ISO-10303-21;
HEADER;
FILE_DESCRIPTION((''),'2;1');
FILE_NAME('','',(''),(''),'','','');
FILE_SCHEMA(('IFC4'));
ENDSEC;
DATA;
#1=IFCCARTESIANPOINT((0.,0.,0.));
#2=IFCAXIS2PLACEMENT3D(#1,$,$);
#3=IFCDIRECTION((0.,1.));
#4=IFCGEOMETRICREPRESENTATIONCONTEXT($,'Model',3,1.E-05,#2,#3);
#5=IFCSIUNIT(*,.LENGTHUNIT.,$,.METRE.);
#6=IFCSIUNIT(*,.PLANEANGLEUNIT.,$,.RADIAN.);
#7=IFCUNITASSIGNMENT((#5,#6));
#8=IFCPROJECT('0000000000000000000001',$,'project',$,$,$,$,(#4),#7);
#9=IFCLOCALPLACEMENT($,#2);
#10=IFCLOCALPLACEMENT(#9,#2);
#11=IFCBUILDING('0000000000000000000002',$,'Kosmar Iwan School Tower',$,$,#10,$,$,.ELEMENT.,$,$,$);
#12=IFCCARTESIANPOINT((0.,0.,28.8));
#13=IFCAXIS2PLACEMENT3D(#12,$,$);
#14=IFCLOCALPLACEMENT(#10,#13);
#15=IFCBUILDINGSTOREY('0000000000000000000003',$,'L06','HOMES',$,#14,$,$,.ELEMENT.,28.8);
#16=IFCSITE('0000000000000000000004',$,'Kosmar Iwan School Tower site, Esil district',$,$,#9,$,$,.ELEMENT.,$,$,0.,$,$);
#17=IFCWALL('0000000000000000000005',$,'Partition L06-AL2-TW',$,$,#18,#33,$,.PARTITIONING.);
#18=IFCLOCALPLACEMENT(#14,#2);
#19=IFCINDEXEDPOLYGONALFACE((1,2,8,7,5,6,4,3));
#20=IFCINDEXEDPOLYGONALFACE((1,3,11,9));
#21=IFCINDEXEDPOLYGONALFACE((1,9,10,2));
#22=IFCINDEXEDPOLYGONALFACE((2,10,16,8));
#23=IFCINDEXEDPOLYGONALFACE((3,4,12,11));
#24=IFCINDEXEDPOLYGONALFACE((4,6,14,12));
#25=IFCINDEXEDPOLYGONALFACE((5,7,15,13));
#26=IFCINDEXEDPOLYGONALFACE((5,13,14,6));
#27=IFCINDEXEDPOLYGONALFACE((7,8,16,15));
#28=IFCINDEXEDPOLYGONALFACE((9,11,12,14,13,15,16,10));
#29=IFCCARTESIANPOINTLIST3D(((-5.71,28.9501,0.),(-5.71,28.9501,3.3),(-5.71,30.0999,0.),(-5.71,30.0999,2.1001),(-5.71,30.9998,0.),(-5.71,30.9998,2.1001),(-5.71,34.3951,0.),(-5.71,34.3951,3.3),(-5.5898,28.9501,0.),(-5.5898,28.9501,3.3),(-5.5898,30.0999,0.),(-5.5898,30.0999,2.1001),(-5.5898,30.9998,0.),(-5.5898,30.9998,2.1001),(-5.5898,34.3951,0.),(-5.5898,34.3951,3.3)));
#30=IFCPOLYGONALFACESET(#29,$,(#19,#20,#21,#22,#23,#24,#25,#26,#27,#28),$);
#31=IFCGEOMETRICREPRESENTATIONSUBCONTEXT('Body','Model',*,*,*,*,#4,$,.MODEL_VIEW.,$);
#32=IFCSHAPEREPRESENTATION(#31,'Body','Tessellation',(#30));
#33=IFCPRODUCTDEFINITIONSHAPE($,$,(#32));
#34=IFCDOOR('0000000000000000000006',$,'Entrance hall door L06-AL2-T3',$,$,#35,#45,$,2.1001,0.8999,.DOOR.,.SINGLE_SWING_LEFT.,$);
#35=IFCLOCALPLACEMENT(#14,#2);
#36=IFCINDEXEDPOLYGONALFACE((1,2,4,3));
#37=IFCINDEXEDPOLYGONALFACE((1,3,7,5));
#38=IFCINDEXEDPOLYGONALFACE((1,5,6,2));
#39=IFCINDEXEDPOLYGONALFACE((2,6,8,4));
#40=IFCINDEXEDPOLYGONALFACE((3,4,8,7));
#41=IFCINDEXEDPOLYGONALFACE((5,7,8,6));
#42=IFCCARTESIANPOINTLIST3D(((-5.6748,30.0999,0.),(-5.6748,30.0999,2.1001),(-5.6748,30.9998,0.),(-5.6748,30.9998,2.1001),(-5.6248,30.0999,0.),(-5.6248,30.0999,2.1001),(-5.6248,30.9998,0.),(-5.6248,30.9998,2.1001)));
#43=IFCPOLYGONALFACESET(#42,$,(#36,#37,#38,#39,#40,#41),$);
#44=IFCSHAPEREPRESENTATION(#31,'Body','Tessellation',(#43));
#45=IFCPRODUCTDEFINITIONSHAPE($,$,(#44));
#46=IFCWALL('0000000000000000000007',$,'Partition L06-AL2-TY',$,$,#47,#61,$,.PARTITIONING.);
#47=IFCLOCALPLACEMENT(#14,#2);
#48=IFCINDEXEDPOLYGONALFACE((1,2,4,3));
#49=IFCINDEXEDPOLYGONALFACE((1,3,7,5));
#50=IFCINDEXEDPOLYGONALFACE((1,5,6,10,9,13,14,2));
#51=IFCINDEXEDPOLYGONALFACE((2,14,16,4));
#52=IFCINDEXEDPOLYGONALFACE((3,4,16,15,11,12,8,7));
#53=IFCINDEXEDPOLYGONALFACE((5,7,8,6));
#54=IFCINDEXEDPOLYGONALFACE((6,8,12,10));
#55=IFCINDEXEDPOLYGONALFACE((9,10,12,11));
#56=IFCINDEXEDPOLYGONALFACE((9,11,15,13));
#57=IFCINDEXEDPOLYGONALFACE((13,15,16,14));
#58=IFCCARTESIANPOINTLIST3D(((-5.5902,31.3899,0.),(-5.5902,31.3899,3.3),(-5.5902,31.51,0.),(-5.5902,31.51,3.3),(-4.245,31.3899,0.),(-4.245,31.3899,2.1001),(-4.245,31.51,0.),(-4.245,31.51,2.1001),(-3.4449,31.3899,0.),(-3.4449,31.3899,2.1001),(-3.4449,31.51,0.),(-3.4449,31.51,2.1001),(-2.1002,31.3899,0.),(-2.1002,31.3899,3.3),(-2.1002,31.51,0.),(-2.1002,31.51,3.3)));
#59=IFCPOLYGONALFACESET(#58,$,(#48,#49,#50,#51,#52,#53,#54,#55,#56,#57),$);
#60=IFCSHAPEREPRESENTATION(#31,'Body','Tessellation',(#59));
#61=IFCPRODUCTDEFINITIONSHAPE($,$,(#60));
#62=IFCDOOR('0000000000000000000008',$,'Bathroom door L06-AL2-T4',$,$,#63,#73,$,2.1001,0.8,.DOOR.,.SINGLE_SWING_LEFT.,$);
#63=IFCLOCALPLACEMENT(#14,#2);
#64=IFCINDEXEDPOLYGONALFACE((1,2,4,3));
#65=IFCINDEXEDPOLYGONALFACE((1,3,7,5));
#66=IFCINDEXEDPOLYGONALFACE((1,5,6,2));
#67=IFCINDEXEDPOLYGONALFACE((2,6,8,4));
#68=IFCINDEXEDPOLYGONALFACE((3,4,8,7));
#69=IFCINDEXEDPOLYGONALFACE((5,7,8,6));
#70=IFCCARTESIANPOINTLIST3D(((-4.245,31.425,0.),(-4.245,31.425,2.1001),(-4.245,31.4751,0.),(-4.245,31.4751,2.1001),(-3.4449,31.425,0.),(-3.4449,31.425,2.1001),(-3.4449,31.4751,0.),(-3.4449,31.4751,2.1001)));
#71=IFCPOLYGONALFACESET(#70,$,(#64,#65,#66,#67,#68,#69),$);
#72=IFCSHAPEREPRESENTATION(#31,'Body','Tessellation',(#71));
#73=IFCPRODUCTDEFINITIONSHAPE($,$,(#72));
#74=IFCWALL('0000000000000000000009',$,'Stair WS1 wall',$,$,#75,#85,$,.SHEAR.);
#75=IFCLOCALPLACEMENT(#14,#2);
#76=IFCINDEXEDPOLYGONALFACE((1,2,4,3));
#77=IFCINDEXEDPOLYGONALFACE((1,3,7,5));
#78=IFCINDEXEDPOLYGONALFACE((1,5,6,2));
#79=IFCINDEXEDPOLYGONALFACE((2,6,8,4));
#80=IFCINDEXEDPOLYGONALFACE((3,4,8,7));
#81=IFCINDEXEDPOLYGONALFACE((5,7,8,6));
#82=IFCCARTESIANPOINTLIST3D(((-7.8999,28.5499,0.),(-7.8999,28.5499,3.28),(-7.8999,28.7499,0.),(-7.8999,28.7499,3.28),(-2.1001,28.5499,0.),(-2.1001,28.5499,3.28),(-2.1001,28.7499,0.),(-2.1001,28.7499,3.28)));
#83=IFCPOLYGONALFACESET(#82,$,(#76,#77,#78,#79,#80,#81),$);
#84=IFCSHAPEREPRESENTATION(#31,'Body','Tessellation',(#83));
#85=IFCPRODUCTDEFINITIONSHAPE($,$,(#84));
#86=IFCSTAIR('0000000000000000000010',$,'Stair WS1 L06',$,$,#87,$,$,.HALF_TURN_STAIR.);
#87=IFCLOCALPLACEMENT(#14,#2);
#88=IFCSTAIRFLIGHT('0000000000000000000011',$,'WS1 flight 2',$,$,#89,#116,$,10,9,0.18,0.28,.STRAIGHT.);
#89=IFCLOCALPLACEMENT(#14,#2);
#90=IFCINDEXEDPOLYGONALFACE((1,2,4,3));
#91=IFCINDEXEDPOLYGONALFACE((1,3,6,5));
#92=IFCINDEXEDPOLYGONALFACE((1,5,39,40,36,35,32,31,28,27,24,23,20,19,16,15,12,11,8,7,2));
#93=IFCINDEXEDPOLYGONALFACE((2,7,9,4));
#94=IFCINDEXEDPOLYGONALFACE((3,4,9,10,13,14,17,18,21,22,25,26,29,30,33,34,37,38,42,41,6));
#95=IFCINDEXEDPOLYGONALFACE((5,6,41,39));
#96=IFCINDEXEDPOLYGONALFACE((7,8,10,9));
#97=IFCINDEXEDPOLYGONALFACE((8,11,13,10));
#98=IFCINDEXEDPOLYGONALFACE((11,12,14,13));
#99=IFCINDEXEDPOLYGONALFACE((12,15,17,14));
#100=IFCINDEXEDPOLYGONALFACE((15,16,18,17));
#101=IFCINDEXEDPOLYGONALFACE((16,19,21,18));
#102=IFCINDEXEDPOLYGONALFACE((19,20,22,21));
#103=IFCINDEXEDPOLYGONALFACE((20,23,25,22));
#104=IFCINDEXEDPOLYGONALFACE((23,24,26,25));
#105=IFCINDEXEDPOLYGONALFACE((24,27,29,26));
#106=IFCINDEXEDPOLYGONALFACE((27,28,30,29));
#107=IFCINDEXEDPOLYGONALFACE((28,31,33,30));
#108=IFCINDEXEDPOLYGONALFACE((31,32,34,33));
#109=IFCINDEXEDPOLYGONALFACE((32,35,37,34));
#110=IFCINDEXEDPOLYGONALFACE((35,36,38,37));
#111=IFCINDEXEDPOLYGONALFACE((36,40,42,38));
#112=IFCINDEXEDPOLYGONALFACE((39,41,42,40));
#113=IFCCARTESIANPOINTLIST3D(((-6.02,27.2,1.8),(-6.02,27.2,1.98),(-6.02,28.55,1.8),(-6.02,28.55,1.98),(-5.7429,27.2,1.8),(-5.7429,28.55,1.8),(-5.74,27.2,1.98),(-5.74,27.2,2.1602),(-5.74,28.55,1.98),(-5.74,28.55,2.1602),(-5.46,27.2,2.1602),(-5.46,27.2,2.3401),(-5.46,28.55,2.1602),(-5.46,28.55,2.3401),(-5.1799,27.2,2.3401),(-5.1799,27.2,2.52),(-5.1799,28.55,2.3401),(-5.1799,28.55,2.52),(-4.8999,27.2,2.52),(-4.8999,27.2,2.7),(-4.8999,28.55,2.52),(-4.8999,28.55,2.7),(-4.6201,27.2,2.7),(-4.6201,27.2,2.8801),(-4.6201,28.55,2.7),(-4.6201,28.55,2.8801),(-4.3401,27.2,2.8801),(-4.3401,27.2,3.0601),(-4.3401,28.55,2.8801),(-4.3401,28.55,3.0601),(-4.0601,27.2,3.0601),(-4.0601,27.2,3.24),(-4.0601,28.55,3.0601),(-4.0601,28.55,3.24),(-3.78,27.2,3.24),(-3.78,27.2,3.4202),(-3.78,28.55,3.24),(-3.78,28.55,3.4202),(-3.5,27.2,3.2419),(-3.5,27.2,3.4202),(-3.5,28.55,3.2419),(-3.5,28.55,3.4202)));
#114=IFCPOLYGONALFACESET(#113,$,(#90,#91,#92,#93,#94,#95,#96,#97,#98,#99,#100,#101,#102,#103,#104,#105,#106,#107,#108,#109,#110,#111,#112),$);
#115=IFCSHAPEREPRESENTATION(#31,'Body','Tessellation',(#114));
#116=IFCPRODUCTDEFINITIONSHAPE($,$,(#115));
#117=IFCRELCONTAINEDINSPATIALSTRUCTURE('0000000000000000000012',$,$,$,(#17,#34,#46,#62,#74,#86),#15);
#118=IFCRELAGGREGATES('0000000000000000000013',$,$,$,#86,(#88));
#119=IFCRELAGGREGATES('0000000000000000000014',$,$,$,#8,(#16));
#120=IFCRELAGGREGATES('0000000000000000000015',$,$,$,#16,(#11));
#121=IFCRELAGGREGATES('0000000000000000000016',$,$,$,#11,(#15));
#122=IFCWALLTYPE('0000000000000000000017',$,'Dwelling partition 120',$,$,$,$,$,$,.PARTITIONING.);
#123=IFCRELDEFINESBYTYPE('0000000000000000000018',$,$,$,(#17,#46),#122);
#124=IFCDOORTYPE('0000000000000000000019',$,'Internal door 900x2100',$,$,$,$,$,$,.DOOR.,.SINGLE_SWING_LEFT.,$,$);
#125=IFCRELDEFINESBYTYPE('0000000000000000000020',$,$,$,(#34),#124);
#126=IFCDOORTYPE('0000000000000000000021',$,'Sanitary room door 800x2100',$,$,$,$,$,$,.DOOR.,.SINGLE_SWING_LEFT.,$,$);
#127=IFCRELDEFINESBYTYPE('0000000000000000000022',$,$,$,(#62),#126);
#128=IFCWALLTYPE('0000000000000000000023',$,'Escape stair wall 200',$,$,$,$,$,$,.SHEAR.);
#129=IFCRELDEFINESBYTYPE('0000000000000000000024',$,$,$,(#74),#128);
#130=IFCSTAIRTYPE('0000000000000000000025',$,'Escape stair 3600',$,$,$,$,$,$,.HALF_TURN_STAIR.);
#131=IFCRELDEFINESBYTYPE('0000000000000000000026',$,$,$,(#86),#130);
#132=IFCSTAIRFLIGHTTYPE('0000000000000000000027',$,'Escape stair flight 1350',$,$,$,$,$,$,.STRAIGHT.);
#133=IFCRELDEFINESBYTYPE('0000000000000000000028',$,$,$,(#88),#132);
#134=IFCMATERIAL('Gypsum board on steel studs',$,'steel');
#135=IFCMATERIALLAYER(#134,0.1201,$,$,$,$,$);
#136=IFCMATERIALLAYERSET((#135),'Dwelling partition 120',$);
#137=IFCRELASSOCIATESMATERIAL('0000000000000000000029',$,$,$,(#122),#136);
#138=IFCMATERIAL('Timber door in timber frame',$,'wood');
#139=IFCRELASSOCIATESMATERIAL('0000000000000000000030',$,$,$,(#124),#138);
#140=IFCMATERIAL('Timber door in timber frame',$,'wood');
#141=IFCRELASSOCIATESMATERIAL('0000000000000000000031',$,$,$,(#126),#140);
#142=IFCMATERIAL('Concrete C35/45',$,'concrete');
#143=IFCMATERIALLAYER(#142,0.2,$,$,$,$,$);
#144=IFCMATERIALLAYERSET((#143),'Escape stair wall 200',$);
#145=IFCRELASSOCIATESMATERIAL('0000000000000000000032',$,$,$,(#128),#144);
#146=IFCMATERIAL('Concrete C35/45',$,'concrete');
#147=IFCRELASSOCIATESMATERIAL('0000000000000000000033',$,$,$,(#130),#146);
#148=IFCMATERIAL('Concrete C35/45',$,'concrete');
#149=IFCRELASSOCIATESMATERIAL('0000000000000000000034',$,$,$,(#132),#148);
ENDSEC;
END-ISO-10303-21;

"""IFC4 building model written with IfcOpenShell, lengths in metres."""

from ifc_helpers import new_model, si_unit, direction, frame, frame_2d, origin, place, context, subcontext, project, spatial, polyline, rectangle, outline, extrude, material, layer, layer_set, type_object, element, fill, aggregate, save


model = new_model("IFC4")

# Units and contexts
model_context = context("Model", 3, precision=1e-05, world=origin(), true_north=direction((0.0, 1.0)))
body_context = subcontext(model_context, "Body", "Model", "MODEL_VIEW")
ifc_project = project(units=[si_unit("LENGTHUNIT", "METRE"), si_unit("PLANEANGLEUNIT", "RADIAN")], contexts=[model_context])

# Site, building, storey
site_placement = place(None, origin())
site = spatial("IfcSite", under=ifc_project, at=site_placement, Name="Kosmar Iwan School Tower site, Esil district", CompositionType="ELEMENT", RefElevation=0.0)
building_placement = place(site_placement, origin())
building = spatial("IfcBuilding", under=site, at=building_placement, Name="Kosmar Iwan School Tower", CompositionType="ELEMENT")
storey_placement = place(building_placement, frame((0.0, 0.0, 28.8)))
storey = spatial("IfcBuildingStorey", under=building, at=storey_placement, Name="L06", Description="HOMES", CompositionType="ELEMENT", Elevation=28.8)

# Walls, openings, doors
ifc_material_1 = material(Name="Gypsum board on steel studs", Category="steel")
ifc_layer_1 = layer(ifc_material_1, 0.1201)
ifc_layer_set_1 = layer_set([ifc_layer_1], Name="Dwelling partition 120")
wall_type_1 = type_object("IfcWallType", Name="Dwelling partition 120", PredefinedType="PARTITIONING", material=ifc_layer_set_1)
ifc_material_2 = material(Name="Timber door in timber frame", Category="wood")
door_type_1 = type_object("IfcDoorType", Name="Internal door 900x2100", OperationType="SINGLE_SWING_LEFT", PredefinedType="DOOR", material=ifc_material_2)
wall_1_placement = place(storey_placement, frame((-5.6499, 28.95, 0.0), z_axis=(0.0, 0.0, 1.0), x_axis=(0.0, 1.0, 0.0)))
wall_1 = element("IfcWall", 1, at=wall_1_placement, inside=storey, type_object=wall_type_1, Name="Partition L06-AL2-TW", PredefinedType="PARTITIONING", context=body_context, shape_type="SweptSolid", body=[
    extrude(rectangle(XDim=5.4451, YDim=0.1201, at=frame_2d((2.7227, 0.0))), origin(), (0.0, 0.0, 1.0), 3.3),
])
opening_1_placement = place(wall_1_placement, frame((1.1499, 0.0, 0.0)))
opening_1 = element("IfcOpeningElement", 2, at=opening_1_placement, cuts=wall_1, PredefinedType="OPENING", context=body_context, shape_type="SweptSolid", body=[
    extrude(rectangle(XDim=0.8999, YDim=2.1001, at=frame_2d((0.45, 1.05))), frame((0.0, 0.072, 0.0), z_axis=(0.0, -1.0, 0.0), x_axis=(1.0, 0.0, 0.0)), (0.0, 0.0, 1.0), 0.144),
])
door_1_placement = place(opening_1_placement, origin())
door_1 = element("IfcDoor", 3, at=door_1_placement, inside=storey, type_object=door_type_1, Name="Entrance hall door L06-AL2-T3", OperationType="SINGLE_SWING_LEFT", OverallHeight=2.1001, OverallWidth=0.8999, PredefinedType="DOOR", context=body_context, shape_type="SweptSolid", body=[
    extrude(rectangle(XDim=0.8999, YDim=2.1001, at=frame_2d((0.45, 1.05))), frame((0.0, 0.0249, 0.0), z_axis=(0.0, -1.0, 0.0), x_axis=(1.0, 0.0, 0.0)), (0.0, 0.0, 1.0), 0.05),
])
fill(opening_1, door_1)
wall_2_placement = place(storey_placement, frame((-2.1001, 31.45, 0.0), z_axis=(0.0, 0.0, 1.0), x_axis=(-1.0, 0.0, 0.0)))
wall_2 = element("IfcWall", 4, at=wall_2_placement, inside=storey, type_object=wall_type_1, Name="Partition L06-AL2-TY", PredefinedType="PARTITIONING", context=body_context, shape_type="SweptSolid", body=[
    extrude(rectangle(XDim=3.49, YDim=0.1201, at=frame_2d((1.7451, 0.0))), origin(), (0.0, 0.0, 1.0), 3.3),
])
opening_2_placement = place(wall_2_placement, frame((1.345, 0.0, 0.0)))
opening_2 = element("IfcOpeningElement", 5, at=opening_2_placement, cuts=wall_2, PredefinedType="OPENING", context=body_context, shape_type="SweptSolid", body=[
    extrude(rectangle(XDim=0.8, YDim=2.1001, at=frame_2d((0.3999, 1.05))), frame((0.0, 0.072, 0.0), z_axis=(0.0, -1.0, 0.0), x_axis=(1.0, 0.0, 0.0)), (0.0, 0.0, 1.0), 0.144),
])
ifc_material_3 = material(Name="Timber door in timber frame", Category="wood")
door_type_2 = type_object("IfcDoorType", Name="Sanitary room door 800x2100", OperationType="SINGLE_SWING_LEFT", PredefinedType="DOOR", material=ifc_material_3)
door_2_placement = place(opening_2_placement, origin())
door_2 = element("IfcDoor", 6, at=door_2_placement, inside=storey, type_object=door_type_2, Name="Bathroom door L06-AL2-T4", OperationType="SINGLE_SWING_LEFT", OverallHeight=2.1001, OverallWidth=0.8, PredefinedType="DOOR", context=body_context, shape_type="SweptSolid", body=[
    extrude(rectangle(XDim=0.8, YDim=2.1001, at=frame_2d((0.3999, 1.05))), frame((0.0, 0.0249, 0.0), z_axis=(0.0, -1.0, 0.0), x_axis=(1.0, 0.0, 0.0)), (0.0, 0.0, 1.0), 0.05),
])
fill(opening_2, door_2)

# Wall
ifc_material_4 = material(Name="Concrete C35/45", Category="concrete")
ifc_layer_2 = layer(ifc_material_4, 0.2)
ifc_layer_set_2 = layer_set([ifc_layer_2], Name="Escape stair wall 200")
wall_type_2 = type_object("IfcWallType", Name="Escape stair wall 200", PredefinedType="SHEAR", material=ifc_layer_set_2)
wall_3_placement = place(storey_placement, frame((-2.1001, 28.6499, 0.0), z_axis=(0.0, 0.0, 1.0), x_axis=(-1.0, 0.0, 0.0)))
element("IfcWall", 7, at=wall_3_placement, inside=storey, type_object=wall_type_2, Name="Stair WS1 wall", PredefinedType="SHEAR", context=body_context, shape_type="SweptSolid", body=[
    extrude(rectangle(XDim=5.7998, YDim=0.2, at=frame_2d((2.8999, 0.0))), origin(), (0.0, 0.0, 1.0), 3.28),
])

# Stair, stair flight
ifc_material_5 = material(Name="Concrete C35/45", Category="concrete")
stair_type = type_object("IfcStairType", Name="Escape stair 3600", PredefinedType="HALF_TURN_STAIR", material=ifc_material_5)
stair_placement = place(storey_placement, origin())
stair = element("IfcStair", 8, at=stair_placement, inside=storey, type_object=stair_type, Name="Stair WS1 L06", PredefinedType="HALF_TURN_STAIR")
ifc_material_6 = material(Name="Concrete C35/45", Category="concrete")
stair_flight_type = type_object("IfcStairFlightType", Name="Escape stair flight 1350", PredefinedType="STRAIGHT", material=ifc_material_6)
stair_flight_placement = place(storey_placement, frame((-6.02, 27.875, 1.8), z_axis=(0.0, 0.0, 1.0), x_axis=(1.0, 0.0, 0.0)))
stair_flight = element("IfcStairFlight", 9, at=stair_flight_placement, type_object=stair_flight_type, Name="WS1 flight 2", NumberOfRisers=10, NumberOfTreads=9, PredefinedType="STRAIGHT", RiserHeight=0.18, TreadLength=0.28, context=body_context, shape_type="SweptSolid", body=[
    extrude(outline(polyline([(0.0, 0.0), (0.0, 0.1799), (0.28, 0.1799), (0.28, 0.3601), (0.5601, 0.3601), (0.5601, 0.54), (0.8401, 0.54), (0.8401, 0.72), (1.1201, 0.72), (1.1201, 0.8999), (1.3999, 0.8999), (1.3999, 1.0801), (1.6799, 1.0801), (1.6799, 1.26), (1.96, 1.26), (1.96, 1.4399), (2.24, 1.4399), (2.24, 1.6201), (2.52, 1.6201), (2.52, 1.8), (2.52, 1.4419), (0.2771, 0.0), (0.0, 0.0)])), frame((0.0, 0.675, 0.0), z_axis=(0.0, -1.0, 0.0), x_axis=(1.0, 0.0, 0.0)), (0.0, 0.0, 1.0), 1.3501),
])
aggregate(stair, [stair_flight])

save(model, "model.ifc")
